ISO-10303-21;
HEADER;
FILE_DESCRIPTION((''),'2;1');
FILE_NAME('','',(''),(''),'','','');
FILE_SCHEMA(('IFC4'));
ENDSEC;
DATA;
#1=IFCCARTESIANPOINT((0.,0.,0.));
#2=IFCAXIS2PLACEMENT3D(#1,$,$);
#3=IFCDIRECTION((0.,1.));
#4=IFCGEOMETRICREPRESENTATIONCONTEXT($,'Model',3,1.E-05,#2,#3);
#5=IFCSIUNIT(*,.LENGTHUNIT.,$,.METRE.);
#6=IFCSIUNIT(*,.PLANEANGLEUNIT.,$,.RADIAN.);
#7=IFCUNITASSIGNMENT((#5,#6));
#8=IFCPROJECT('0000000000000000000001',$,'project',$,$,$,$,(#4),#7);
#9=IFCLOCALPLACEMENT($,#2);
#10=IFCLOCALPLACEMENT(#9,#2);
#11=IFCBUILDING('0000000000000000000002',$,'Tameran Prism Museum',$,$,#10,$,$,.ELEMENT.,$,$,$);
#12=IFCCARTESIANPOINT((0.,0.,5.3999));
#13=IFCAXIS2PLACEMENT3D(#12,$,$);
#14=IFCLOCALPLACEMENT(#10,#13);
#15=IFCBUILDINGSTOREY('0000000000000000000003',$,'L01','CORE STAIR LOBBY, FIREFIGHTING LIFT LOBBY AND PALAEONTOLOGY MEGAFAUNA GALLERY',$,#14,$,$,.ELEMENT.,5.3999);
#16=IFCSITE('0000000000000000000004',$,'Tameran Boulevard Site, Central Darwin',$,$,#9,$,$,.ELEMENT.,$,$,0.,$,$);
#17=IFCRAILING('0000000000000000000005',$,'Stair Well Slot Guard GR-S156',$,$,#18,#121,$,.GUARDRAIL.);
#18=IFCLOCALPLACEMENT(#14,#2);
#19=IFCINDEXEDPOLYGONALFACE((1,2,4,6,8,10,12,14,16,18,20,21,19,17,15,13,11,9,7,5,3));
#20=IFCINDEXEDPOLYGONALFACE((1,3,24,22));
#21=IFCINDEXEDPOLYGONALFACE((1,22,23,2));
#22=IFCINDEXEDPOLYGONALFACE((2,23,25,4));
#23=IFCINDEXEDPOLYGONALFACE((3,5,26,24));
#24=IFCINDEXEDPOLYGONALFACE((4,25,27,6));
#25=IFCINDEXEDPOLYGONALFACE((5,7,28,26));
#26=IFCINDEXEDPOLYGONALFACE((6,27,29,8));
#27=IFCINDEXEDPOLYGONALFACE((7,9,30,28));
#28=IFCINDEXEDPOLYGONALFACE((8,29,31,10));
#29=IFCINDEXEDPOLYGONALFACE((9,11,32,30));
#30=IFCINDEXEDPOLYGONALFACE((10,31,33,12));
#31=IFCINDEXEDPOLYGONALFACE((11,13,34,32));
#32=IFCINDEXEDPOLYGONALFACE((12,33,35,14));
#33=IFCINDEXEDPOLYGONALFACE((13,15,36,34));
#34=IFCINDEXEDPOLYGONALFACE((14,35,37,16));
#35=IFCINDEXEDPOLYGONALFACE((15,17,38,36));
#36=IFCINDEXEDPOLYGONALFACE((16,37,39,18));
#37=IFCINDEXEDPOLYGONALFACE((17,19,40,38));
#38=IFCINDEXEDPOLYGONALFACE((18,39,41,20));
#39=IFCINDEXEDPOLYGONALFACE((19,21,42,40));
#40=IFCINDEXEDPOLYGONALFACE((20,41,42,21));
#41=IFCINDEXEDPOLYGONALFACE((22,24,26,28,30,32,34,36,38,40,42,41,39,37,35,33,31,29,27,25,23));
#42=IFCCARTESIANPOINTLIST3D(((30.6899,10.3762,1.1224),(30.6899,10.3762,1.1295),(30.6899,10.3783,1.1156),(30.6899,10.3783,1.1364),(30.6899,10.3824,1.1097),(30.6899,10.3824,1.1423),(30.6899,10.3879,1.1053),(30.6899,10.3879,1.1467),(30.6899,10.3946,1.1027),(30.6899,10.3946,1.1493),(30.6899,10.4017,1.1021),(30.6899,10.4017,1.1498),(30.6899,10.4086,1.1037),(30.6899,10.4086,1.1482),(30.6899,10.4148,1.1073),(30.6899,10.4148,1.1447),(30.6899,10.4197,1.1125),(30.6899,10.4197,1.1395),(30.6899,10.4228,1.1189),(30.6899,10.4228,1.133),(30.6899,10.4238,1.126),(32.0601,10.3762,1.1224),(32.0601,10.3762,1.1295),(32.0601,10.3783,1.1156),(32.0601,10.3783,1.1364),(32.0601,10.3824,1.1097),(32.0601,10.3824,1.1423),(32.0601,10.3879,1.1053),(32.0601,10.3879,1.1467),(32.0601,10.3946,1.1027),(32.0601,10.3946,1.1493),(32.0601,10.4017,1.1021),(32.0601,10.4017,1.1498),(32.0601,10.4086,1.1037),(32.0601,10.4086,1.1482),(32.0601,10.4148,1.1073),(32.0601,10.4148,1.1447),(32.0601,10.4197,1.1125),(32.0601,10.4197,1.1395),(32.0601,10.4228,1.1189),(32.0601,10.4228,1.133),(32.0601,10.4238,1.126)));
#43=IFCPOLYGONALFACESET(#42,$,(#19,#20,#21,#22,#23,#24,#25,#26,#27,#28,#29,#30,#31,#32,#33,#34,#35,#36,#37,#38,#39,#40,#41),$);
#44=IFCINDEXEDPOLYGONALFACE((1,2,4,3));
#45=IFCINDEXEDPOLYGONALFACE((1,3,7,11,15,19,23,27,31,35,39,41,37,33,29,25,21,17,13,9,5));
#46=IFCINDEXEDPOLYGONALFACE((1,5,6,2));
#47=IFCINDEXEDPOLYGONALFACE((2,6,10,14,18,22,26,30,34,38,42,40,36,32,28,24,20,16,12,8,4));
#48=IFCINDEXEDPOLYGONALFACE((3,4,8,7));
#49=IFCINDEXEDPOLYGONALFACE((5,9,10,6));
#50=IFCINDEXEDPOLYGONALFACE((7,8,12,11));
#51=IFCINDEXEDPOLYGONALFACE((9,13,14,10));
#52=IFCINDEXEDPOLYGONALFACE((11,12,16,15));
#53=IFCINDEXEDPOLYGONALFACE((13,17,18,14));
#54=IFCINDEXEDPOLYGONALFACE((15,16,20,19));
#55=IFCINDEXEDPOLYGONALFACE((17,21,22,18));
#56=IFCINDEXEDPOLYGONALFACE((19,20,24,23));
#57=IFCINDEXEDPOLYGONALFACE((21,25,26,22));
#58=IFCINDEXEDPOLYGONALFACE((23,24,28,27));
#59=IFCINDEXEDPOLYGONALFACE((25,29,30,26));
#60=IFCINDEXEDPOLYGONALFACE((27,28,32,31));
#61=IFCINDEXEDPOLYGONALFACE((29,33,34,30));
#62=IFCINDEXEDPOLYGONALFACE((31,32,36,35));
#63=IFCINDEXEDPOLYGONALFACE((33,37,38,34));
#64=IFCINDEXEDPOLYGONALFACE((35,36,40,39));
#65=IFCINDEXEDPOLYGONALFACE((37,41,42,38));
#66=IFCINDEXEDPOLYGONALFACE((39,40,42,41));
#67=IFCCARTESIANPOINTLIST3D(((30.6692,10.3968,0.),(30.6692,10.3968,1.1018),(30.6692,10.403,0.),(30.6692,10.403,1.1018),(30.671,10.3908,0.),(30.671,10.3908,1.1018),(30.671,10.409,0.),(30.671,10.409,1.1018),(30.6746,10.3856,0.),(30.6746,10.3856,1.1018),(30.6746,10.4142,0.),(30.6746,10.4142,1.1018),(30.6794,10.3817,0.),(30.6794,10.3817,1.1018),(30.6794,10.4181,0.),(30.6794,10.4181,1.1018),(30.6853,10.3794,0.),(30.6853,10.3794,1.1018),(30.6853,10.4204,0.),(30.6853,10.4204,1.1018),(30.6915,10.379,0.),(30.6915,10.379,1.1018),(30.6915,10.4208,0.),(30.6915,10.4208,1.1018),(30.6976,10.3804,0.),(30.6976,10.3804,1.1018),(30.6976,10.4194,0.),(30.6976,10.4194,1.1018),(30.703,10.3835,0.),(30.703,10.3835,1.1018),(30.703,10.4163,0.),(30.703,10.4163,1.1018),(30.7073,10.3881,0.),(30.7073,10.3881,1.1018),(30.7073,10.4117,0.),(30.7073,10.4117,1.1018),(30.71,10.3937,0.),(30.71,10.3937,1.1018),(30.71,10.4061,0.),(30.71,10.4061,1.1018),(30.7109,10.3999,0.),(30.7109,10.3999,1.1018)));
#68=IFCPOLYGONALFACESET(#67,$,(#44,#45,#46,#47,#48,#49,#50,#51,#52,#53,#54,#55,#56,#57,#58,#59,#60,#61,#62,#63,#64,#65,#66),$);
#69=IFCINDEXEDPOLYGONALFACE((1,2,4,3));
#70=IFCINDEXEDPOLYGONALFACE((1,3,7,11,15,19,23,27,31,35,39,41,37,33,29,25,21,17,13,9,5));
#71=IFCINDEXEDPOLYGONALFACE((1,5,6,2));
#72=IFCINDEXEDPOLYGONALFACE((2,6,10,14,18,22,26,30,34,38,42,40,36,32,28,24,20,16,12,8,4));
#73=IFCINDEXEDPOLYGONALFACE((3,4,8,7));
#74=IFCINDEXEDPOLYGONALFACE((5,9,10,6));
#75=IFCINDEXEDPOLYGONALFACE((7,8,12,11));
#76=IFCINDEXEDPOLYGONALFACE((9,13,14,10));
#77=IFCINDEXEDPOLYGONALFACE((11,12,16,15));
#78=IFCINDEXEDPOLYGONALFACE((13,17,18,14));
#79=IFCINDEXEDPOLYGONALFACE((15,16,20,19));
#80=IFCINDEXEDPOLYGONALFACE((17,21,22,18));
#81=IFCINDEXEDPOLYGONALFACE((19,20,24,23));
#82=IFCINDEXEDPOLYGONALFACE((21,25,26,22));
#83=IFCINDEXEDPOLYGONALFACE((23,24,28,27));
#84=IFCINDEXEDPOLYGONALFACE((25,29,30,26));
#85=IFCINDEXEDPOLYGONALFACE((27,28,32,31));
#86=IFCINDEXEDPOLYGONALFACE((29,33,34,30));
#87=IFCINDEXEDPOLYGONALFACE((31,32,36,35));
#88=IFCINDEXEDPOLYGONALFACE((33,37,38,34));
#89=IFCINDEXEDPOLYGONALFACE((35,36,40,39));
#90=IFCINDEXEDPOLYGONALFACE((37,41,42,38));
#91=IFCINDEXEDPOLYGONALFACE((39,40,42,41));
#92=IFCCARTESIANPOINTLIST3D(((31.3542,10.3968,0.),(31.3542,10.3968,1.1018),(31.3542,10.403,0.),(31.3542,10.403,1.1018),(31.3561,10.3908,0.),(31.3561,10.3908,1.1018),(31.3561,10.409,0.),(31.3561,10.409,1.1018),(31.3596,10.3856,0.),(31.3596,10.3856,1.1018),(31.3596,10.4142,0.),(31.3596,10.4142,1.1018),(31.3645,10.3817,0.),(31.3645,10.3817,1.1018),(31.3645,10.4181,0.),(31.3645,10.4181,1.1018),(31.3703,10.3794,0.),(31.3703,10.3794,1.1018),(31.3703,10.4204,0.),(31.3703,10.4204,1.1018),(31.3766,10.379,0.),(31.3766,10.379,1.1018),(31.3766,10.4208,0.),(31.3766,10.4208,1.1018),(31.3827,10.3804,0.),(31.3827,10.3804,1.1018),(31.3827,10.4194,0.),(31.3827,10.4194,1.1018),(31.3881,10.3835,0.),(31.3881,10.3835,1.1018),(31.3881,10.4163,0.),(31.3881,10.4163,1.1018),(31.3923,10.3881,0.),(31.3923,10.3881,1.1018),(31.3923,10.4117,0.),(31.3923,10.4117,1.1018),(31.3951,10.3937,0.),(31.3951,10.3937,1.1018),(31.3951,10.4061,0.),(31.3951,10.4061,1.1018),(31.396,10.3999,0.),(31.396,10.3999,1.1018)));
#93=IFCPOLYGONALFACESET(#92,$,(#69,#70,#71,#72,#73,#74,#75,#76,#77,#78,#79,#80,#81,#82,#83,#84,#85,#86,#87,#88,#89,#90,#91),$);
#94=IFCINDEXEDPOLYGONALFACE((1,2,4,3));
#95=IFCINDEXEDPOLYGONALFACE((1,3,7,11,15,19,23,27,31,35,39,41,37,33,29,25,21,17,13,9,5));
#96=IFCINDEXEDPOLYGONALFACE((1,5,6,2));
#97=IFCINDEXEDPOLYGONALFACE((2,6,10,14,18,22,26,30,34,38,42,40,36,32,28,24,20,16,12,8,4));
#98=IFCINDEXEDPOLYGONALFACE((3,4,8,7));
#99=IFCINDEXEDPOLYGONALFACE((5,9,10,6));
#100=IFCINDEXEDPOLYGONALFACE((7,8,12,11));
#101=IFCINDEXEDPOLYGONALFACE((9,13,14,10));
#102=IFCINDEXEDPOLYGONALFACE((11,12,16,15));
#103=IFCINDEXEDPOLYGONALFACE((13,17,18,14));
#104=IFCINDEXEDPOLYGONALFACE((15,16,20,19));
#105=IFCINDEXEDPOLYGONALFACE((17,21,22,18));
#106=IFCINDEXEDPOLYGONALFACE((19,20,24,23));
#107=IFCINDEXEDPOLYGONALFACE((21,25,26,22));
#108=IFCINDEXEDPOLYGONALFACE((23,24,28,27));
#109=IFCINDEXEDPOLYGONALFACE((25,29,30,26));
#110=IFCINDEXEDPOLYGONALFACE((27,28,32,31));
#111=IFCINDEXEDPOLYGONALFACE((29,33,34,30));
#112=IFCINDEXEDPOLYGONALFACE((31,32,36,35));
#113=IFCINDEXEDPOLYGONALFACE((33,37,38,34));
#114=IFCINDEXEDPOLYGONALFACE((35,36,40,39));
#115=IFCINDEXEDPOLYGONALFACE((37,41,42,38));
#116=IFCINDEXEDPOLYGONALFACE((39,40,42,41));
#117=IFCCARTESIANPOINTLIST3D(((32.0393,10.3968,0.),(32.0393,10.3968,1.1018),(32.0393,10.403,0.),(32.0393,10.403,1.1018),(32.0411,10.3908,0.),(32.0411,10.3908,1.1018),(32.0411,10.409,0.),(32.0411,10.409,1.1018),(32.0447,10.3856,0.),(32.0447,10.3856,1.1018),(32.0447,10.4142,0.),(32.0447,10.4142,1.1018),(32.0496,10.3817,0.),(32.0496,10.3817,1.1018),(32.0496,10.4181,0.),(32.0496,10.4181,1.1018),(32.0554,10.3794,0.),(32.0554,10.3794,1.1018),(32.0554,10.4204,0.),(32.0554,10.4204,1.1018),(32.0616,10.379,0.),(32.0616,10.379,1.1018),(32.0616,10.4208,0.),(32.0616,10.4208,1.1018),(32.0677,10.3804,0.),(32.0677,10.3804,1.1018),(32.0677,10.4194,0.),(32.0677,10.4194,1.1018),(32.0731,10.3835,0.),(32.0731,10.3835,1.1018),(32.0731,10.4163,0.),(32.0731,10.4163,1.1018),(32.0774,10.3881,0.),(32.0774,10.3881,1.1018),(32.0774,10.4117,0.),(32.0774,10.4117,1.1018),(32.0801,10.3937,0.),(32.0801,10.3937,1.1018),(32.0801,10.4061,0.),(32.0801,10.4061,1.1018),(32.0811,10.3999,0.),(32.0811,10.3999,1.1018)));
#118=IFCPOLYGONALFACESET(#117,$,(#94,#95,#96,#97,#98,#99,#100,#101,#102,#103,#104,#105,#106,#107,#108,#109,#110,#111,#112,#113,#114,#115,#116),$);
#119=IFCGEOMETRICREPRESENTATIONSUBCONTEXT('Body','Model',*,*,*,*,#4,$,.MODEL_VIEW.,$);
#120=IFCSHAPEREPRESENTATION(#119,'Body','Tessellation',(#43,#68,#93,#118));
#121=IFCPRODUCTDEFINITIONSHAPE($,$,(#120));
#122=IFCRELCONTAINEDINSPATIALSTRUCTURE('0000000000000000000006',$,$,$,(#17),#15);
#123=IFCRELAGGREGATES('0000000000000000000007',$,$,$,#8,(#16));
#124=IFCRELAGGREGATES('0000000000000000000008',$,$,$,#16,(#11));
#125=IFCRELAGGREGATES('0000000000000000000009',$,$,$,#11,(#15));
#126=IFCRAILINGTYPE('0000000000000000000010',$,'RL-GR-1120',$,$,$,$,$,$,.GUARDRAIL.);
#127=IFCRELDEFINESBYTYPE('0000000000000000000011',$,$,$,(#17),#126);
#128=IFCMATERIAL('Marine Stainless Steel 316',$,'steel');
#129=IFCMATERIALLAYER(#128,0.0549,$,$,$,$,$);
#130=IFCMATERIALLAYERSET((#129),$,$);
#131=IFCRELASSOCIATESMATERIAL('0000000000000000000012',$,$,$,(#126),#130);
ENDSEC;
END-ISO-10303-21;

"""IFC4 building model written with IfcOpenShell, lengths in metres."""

from ifc_helpers import new_model, si_unit, direction, frame, origin, origin_2d, place, context, subcontext, project, spatial, circle, extrude, material, layer, layer_set, type_object, element, save


model = new_model("IFC4")

# Units and contexts
model_context = context("Model", 3, precision=1e-05, world=origin(), true_north=direction((0.0, 1.0)))
body_context = subcontext(model_context, "Body", "Model", "MODEL_VIEW")
ifc_project = project(units=[si_unit("LENGTHUNIT", "METRE"), si_unit("PLANEANGLEUNIT", "RADIAN")], contexts=[model_context])

# Site, building, storey
site_placement = place(None, origin())
site = spatial("IfcSite", under=ifc_project, at=site_placement, Name="Tameran Boulevard Site, Central Darwin", CompositionType="ELEMENT", RefElevation=0.0)
building_placement = place(site_placement, origin())
building = spatial("IfcBuilding", under=site, at=building_placement, Name="Tameran Prism Museum", CompositionType="ELEMENT")
storey_placement = place(building_placement, frame((0.0, 0.0, 5.3999)))
storey = spatial("IfcBuildingStorey", under=building, at=storey_placement, Name="L01", Description="CORE STAIR LOBBY, FIREFIGHTING LIFT LOBBY AND PALAEONTOLOGY MEGAFAUNA GALLERY", CompositionType="ELEMENT", Elevation=5.3999)

# Railing
ifc_material_1 = material(Name="Marine Stainless Steel 316", Category="steel")
ifc_layer_1 = layer(ifc_material_1, 0.0549)
ifc_layer_set_1 = layer_set([ifc_layer_1])
railing_type_1 = type_object("IfcRailingType", Name="RL-GR-1120", PredefinedType="GUARDRAIL", material=ifc_layer_set_1)
railing_1_placement = place(storey_placement, frame((30.6899, 10.3999, 0.0)))
element("IfcRailing", 1, at=railing_1_placement, inside=storey, type_object=railing_type_1, Name="Stair Well Slot Guard GR-S156", PredefinedType="GUARDRAIL", context=body_context, shape_type="SweptSolid", body=[
    extrude(circle(Radius=0.0239, at=origin_2d()), frame((0.0, 0.0, 1.126), z_axis=(1.0, 0.0, 0.0), x_axis=(0.0, 1.0, 0.0)), (0.0, 0.0, 1.0), 1.3701),
    extrude(circle(Radius=0.021, at=origin_2d()), origin(), (0.0, 0.0, 1.0), 1.1018),
    extrude(circle(Radius=0.021, at=origin_2d()), frame((0.6851, 0.0, 0.0)), (0.0, 0.0, 1.0), 1.1018),
    extrude(circle(Radius=0.021, at=origin_2d()), frame((1.3701, 0.0, 0.0)), (0.0, 0.0, 1.0), 1.1018),
])

save(model, "model.ifc")
